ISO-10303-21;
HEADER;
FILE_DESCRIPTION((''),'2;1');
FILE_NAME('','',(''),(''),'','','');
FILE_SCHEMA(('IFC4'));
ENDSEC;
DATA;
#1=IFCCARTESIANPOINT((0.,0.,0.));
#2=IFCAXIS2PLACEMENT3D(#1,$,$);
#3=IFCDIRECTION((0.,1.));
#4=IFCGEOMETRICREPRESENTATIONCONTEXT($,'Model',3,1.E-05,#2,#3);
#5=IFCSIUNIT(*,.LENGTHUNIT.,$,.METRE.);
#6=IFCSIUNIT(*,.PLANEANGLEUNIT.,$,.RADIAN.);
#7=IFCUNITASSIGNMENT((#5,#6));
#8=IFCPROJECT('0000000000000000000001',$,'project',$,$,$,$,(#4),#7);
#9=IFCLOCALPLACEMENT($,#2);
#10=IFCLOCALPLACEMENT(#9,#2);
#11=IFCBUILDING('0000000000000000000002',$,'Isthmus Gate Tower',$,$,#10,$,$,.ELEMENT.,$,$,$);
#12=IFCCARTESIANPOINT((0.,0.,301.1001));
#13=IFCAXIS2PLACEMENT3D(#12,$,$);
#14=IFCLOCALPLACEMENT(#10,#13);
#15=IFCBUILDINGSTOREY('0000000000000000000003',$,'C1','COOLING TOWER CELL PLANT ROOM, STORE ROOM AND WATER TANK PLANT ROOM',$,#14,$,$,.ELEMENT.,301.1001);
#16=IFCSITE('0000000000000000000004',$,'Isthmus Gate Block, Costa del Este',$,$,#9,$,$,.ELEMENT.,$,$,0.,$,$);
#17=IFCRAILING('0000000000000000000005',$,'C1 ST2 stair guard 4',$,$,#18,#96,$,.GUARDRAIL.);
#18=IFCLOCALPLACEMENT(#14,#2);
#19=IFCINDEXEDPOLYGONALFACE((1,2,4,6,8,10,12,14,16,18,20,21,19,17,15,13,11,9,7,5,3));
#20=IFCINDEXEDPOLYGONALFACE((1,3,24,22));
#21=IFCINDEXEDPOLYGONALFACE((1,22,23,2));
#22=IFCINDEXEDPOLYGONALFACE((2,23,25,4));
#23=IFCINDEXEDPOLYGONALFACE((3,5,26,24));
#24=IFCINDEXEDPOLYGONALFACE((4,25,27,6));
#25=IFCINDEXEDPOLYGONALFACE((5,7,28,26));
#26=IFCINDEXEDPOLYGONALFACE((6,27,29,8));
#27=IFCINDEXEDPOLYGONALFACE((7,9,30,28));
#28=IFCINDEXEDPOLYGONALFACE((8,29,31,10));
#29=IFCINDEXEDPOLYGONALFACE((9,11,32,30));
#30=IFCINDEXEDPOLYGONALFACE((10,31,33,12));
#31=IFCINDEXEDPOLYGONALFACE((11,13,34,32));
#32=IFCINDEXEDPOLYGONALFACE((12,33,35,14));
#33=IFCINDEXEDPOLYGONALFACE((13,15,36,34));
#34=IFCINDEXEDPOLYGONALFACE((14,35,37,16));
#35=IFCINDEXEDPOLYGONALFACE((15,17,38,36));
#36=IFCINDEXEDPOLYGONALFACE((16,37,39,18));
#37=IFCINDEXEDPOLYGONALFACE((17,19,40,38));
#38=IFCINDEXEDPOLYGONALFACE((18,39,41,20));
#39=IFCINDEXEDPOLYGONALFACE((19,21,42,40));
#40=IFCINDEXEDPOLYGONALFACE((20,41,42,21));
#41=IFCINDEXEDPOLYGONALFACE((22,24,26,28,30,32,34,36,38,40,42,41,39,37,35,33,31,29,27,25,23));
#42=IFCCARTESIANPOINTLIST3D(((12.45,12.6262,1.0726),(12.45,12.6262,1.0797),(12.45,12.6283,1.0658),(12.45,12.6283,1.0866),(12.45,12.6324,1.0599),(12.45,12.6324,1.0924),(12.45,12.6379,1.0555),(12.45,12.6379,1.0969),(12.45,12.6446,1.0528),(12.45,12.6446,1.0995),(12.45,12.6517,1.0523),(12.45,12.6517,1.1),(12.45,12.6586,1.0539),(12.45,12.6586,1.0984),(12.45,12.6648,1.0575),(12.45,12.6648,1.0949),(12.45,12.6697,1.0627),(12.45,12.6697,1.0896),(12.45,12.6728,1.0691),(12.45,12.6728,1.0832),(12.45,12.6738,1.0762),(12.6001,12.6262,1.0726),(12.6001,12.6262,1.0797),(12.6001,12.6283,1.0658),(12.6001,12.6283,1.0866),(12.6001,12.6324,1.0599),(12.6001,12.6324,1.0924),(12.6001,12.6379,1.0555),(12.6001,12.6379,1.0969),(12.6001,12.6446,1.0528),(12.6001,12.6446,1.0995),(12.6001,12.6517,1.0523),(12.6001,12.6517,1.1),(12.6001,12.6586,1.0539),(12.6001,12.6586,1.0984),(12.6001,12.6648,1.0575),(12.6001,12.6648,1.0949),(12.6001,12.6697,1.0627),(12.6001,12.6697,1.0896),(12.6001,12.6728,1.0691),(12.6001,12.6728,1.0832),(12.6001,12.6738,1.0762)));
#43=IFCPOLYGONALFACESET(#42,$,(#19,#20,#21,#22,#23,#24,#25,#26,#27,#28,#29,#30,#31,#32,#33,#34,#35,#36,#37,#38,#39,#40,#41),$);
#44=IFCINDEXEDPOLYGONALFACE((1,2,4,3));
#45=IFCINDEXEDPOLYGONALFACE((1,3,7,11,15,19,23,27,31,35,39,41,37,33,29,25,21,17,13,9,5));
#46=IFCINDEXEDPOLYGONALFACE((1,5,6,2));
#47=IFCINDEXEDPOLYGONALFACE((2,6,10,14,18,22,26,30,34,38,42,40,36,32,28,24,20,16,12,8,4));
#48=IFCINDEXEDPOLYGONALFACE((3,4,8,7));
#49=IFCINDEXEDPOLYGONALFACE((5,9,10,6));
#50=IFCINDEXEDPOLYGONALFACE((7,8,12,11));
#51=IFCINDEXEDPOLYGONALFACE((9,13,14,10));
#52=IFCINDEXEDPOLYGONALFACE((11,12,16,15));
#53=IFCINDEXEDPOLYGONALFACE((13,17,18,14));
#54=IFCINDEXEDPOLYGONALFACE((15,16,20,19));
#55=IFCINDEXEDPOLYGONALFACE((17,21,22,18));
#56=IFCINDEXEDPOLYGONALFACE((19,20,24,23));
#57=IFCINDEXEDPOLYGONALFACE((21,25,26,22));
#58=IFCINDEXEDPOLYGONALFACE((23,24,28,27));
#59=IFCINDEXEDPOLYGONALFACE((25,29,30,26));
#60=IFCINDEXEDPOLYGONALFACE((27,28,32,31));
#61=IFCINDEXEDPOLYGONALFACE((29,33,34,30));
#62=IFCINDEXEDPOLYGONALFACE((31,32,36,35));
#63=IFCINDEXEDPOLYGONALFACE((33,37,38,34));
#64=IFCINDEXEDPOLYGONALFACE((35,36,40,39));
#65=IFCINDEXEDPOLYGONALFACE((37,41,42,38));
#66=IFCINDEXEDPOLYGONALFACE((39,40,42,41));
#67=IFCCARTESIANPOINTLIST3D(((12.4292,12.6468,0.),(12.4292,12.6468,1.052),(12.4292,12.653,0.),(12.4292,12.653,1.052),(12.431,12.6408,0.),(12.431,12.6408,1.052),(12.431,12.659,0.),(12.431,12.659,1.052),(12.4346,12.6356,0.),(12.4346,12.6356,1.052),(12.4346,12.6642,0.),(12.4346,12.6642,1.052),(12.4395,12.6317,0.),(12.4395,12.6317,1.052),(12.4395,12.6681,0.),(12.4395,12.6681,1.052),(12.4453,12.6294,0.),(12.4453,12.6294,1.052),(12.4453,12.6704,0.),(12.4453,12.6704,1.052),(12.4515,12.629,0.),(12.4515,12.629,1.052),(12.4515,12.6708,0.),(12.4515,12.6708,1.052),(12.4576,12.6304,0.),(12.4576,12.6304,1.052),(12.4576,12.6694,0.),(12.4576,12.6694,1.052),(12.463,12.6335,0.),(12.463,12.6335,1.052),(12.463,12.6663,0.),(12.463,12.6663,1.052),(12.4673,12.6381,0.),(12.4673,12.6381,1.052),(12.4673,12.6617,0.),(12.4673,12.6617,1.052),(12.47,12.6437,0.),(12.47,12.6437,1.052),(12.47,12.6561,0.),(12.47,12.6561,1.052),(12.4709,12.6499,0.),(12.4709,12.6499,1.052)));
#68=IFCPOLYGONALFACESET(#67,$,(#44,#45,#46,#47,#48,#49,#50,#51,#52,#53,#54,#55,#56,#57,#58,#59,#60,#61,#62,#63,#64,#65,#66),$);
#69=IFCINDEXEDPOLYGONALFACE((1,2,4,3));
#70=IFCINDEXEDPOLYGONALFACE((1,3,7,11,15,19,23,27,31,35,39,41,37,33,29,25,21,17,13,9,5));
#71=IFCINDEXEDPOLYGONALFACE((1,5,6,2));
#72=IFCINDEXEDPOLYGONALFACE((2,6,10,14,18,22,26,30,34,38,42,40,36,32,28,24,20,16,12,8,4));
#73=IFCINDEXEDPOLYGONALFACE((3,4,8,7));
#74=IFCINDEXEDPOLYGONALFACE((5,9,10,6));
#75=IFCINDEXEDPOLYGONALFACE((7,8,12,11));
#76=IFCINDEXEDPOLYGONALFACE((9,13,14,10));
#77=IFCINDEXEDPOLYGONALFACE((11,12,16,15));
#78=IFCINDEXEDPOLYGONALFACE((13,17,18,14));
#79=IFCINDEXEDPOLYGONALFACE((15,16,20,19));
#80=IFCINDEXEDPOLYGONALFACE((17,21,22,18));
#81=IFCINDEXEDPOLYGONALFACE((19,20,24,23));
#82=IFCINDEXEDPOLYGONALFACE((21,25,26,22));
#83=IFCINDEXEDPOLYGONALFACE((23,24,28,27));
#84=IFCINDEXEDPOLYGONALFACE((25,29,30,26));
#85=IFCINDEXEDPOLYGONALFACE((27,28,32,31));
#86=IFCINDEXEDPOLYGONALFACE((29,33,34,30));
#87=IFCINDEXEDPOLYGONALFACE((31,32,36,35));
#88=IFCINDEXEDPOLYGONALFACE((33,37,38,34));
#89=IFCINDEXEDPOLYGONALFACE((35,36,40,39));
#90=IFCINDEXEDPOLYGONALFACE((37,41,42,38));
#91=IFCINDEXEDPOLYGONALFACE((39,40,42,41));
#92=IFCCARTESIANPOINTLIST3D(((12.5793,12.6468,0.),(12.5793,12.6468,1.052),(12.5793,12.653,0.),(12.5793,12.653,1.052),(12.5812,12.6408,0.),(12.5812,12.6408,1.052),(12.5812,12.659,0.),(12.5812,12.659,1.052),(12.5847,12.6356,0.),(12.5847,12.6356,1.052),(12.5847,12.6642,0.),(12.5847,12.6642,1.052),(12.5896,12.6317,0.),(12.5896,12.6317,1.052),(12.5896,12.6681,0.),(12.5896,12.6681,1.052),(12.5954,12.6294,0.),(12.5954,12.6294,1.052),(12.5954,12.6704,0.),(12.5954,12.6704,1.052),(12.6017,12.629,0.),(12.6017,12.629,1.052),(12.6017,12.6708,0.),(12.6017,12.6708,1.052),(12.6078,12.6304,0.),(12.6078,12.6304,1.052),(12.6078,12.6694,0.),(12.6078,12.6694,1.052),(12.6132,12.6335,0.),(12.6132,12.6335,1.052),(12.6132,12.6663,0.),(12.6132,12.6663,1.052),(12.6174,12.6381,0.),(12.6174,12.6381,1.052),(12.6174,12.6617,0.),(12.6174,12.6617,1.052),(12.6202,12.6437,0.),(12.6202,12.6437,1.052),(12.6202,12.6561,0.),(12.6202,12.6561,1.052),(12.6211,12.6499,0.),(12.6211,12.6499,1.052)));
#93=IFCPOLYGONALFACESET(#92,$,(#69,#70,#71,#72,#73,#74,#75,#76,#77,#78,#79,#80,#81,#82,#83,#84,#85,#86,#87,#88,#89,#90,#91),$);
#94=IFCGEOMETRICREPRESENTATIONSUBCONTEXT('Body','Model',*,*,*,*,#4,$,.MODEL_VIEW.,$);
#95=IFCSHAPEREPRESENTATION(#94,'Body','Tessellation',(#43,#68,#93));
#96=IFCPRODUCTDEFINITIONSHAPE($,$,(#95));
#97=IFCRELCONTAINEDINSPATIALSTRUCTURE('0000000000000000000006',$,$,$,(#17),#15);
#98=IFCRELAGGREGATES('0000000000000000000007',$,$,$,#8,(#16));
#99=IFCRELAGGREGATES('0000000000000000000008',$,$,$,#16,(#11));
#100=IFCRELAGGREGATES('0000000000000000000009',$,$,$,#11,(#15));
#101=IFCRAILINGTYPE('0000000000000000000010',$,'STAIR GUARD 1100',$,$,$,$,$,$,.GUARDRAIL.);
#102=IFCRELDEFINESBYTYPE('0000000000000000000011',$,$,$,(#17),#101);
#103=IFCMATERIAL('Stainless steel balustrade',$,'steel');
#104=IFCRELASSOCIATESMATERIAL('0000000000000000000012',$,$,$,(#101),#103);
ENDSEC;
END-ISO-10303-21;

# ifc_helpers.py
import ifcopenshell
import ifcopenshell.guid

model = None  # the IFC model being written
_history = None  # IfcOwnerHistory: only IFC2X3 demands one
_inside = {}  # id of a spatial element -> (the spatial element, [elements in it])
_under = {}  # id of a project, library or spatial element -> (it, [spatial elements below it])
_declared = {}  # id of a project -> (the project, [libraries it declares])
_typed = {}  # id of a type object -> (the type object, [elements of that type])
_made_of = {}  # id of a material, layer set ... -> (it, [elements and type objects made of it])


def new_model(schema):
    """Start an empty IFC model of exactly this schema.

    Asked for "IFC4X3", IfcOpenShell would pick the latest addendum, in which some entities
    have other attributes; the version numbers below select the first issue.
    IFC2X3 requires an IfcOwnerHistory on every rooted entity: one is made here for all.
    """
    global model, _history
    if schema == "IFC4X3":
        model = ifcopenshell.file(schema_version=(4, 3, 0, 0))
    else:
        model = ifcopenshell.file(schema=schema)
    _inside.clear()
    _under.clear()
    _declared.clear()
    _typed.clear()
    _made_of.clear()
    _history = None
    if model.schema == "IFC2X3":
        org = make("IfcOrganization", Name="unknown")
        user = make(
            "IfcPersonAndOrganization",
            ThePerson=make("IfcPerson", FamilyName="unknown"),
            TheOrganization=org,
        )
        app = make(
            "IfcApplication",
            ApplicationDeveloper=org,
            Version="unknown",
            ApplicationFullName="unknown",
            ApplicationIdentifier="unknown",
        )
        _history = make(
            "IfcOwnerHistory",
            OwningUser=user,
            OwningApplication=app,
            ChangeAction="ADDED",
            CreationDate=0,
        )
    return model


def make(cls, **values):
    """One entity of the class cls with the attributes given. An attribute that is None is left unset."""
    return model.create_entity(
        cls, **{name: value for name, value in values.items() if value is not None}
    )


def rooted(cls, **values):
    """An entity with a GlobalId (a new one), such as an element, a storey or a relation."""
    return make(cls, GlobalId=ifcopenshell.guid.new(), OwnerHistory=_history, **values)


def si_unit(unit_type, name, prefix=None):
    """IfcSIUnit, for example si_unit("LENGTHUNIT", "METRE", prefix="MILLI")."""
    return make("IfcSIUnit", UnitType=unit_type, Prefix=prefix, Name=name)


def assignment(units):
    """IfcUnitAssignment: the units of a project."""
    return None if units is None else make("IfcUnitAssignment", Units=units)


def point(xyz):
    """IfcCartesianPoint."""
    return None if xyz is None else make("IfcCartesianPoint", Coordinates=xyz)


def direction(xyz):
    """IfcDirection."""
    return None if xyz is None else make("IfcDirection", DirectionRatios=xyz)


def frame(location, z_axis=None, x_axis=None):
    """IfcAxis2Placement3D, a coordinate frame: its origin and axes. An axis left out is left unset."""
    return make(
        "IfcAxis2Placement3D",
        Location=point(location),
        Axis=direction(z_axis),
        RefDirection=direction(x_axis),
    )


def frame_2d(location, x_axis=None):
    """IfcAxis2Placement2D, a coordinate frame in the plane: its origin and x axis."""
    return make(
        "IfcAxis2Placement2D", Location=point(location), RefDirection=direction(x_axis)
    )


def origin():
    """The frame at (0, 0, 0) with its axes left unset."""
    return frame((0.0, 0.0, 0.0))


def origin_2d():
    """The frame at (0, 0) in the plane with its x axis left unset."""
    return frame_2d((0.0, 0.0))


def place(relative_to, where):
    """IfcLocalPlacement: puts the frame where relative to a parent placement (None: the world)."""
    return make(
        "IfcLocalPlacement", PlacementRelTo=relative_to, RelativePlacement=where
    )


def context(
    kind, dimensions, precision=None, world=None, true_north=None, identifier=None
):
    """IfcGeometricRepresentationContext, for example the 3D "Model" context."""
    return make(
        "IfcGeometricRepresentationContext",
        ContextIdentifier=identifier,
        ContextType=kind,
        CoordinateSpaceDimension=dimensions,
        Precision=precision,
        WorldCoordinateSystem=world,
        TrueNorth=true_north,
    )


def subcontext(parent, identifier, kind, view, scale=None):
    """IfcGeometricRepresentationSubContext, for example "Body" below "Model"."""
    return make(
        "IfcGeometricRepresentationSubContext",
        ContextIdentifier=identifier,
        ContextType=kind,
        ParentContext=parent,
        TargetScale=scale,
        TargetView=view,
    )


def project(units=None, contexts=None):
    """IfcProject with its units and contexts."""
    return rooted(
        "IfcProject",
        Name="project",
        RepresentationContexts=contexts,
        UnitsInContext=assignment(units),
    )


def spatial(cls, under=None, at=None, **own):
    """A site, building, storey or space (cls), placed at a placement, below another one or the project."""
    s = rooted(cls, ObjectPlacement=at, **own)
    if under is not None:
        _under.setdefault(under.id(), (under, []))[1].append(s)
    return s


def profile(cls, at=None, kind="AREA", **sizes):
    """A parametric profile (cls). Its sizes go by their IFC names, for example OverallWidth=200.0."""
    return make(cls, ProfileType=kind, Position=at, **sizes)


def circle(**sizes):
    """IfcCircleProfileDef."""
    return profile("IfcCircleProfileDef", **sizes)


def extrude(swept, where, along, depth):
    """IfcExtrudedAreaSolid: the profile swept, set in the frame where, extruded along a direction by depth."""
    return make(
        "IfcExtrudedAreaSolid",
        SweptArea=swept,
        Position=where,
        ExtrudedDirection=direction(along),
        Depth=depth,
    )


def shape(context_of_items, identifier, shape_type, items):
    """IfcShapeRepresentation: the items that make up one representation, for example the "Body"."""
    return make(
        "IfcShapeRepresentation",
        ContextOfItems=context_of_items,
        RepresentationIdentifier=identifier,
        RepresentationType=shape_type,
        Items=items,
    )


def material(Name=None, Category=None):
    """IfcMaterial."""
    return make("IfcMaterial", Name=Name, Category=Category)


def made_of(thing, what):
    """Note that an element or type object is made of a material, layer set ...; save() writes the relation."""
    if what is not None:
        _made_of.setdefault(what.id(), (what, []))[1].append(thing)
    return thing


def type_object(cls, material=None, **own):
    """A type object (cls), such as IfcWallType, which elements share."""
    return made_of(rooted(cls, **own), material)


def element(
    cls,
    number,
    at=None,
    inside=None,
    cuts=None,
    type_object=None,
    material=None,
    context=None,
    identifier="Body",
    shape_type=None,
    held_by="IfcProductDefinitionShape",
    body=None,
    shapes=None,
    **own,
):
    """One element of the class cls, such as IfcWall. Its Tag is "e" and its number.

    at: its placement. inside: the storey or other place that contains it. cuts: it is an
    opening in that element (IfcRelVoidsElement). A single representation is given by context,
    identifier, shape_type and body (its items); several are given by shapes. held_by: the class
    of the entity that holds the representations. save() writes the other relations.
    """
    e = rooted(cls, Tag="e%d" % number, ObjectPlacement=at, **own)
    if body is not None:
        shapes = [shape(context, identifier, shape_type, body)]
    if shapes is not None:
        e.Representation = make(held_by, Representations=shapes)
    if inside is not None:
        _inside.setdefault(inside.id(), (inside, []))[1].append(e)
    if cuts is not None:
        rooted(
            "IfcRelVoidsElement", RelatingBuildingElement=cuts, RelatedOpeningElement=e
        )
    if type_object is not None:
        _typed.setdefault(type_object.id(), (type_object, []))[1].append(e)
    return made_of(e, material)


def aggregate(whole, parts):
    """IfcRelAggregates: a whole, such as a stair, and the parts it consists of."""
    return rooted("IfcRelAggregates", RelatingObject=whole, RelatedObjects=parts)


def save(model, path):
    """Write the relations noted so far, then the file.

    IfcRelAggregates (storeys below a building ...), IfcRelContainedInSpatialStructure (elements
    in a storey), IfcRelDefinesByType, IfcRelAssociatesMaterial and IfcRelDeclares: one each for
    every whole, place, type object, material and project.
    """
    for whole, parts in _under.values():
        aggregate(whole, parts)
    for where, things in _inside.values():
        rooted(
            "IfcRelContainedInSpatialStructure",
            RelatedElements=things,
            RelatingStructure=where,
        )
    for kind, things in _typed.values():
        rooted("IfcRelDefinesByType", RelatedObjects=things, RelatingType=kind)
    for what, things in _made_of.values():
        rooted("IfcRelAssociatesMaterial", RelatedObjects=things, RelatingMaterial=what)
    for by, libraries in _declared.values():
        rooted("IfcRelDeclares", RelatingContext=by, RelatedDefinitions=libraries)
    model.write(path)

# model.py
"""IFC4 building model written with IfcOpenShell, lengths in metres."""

from ifc_helpers import new_model, si_unit, direction, frame, origin, origin_2d, place, context, subcontext, project, spatial, circle, extrude, material, type_object, element, save


model = new_model("IFC4")

# Units and contexts
model_context = context("Model", 3, precision=1e-05, world=origin(), true_north=direction((0.0, 1.0)))
body_context = subcontext(model_context, "Body", "Model", "MODEL_VIEW")
ifc_project = project(units=[si_unit("LENGTHUNIT", "METRE"), si_unit("PLANEANGLEUNIT", "RADIAN")], contexts=[model_context])

# Site, building, storey
site_placement = place(None, origin())
site = spatial("IfcSite", under=ifc_project, at=site_placement, Name="Isthmus Gate Block, Costa del Este", CompositionType="ELEMENT", RefElevation=0.0)
building_placement = place(site_placement, origin())
building = spatial("IfcBuilding", under=site, at=building_placement, Name="Isthmus Gate Tower", CompositionType="ELEMENT")
storey_placement = place(building_placement, frame((0.0, 0.0, 301.1001)))
storey = spatial("IfcBuildingStorey", under=building, at=storey_placement, Name="C1", Description="COOLING TOWER CELL PLANT ROOM, STORE ROOM AND WATER TANK PLANT ROOM", CompositionType="ELEMENT", Elevation=301.1001)

# Railing
ifc_material_1 = material(Name="Stainless steel balustrade", Category="steel")
railing_type_1 = type_object("IfcRailingType", Name="STAIR GUARD 1100", PredefinedType="GUARDRAIL", material=ifc_material_1)
railing_1_placement = place(storey_placement, frame((12.45, 12.6499, 0.0)))
element("IfcRailing", 1, at=railing_1_placement, inside=storey, type_object=railing_type_1, Name="C1 ST2 stair guard 4", PredefinedType="GUARDRAIL", context=body_context, shape_type="SweptSolid", body=[
    extrude(circle(Radius=0.0239, at=origin_2d()), frame((0.0, 0.0, 1.0762), z_axis=(1.0, 0.0, 0.0), x_axis=(0.0, 1.0, 0.0)), (0.0, 0.0, 1.0), 0.1501),
    extrude(circle(Radius=0.021, at=origin_2d()), origin(), (0.0, 0.0, 1.0), 1.052),
    extrude(circle(Radius=0.021, at=origin_2d()), frame((0.1501, 0.0, 0.0)), (0.0, 0.0, 1.0), 1.052),
])

save(model, "model.ifc")
